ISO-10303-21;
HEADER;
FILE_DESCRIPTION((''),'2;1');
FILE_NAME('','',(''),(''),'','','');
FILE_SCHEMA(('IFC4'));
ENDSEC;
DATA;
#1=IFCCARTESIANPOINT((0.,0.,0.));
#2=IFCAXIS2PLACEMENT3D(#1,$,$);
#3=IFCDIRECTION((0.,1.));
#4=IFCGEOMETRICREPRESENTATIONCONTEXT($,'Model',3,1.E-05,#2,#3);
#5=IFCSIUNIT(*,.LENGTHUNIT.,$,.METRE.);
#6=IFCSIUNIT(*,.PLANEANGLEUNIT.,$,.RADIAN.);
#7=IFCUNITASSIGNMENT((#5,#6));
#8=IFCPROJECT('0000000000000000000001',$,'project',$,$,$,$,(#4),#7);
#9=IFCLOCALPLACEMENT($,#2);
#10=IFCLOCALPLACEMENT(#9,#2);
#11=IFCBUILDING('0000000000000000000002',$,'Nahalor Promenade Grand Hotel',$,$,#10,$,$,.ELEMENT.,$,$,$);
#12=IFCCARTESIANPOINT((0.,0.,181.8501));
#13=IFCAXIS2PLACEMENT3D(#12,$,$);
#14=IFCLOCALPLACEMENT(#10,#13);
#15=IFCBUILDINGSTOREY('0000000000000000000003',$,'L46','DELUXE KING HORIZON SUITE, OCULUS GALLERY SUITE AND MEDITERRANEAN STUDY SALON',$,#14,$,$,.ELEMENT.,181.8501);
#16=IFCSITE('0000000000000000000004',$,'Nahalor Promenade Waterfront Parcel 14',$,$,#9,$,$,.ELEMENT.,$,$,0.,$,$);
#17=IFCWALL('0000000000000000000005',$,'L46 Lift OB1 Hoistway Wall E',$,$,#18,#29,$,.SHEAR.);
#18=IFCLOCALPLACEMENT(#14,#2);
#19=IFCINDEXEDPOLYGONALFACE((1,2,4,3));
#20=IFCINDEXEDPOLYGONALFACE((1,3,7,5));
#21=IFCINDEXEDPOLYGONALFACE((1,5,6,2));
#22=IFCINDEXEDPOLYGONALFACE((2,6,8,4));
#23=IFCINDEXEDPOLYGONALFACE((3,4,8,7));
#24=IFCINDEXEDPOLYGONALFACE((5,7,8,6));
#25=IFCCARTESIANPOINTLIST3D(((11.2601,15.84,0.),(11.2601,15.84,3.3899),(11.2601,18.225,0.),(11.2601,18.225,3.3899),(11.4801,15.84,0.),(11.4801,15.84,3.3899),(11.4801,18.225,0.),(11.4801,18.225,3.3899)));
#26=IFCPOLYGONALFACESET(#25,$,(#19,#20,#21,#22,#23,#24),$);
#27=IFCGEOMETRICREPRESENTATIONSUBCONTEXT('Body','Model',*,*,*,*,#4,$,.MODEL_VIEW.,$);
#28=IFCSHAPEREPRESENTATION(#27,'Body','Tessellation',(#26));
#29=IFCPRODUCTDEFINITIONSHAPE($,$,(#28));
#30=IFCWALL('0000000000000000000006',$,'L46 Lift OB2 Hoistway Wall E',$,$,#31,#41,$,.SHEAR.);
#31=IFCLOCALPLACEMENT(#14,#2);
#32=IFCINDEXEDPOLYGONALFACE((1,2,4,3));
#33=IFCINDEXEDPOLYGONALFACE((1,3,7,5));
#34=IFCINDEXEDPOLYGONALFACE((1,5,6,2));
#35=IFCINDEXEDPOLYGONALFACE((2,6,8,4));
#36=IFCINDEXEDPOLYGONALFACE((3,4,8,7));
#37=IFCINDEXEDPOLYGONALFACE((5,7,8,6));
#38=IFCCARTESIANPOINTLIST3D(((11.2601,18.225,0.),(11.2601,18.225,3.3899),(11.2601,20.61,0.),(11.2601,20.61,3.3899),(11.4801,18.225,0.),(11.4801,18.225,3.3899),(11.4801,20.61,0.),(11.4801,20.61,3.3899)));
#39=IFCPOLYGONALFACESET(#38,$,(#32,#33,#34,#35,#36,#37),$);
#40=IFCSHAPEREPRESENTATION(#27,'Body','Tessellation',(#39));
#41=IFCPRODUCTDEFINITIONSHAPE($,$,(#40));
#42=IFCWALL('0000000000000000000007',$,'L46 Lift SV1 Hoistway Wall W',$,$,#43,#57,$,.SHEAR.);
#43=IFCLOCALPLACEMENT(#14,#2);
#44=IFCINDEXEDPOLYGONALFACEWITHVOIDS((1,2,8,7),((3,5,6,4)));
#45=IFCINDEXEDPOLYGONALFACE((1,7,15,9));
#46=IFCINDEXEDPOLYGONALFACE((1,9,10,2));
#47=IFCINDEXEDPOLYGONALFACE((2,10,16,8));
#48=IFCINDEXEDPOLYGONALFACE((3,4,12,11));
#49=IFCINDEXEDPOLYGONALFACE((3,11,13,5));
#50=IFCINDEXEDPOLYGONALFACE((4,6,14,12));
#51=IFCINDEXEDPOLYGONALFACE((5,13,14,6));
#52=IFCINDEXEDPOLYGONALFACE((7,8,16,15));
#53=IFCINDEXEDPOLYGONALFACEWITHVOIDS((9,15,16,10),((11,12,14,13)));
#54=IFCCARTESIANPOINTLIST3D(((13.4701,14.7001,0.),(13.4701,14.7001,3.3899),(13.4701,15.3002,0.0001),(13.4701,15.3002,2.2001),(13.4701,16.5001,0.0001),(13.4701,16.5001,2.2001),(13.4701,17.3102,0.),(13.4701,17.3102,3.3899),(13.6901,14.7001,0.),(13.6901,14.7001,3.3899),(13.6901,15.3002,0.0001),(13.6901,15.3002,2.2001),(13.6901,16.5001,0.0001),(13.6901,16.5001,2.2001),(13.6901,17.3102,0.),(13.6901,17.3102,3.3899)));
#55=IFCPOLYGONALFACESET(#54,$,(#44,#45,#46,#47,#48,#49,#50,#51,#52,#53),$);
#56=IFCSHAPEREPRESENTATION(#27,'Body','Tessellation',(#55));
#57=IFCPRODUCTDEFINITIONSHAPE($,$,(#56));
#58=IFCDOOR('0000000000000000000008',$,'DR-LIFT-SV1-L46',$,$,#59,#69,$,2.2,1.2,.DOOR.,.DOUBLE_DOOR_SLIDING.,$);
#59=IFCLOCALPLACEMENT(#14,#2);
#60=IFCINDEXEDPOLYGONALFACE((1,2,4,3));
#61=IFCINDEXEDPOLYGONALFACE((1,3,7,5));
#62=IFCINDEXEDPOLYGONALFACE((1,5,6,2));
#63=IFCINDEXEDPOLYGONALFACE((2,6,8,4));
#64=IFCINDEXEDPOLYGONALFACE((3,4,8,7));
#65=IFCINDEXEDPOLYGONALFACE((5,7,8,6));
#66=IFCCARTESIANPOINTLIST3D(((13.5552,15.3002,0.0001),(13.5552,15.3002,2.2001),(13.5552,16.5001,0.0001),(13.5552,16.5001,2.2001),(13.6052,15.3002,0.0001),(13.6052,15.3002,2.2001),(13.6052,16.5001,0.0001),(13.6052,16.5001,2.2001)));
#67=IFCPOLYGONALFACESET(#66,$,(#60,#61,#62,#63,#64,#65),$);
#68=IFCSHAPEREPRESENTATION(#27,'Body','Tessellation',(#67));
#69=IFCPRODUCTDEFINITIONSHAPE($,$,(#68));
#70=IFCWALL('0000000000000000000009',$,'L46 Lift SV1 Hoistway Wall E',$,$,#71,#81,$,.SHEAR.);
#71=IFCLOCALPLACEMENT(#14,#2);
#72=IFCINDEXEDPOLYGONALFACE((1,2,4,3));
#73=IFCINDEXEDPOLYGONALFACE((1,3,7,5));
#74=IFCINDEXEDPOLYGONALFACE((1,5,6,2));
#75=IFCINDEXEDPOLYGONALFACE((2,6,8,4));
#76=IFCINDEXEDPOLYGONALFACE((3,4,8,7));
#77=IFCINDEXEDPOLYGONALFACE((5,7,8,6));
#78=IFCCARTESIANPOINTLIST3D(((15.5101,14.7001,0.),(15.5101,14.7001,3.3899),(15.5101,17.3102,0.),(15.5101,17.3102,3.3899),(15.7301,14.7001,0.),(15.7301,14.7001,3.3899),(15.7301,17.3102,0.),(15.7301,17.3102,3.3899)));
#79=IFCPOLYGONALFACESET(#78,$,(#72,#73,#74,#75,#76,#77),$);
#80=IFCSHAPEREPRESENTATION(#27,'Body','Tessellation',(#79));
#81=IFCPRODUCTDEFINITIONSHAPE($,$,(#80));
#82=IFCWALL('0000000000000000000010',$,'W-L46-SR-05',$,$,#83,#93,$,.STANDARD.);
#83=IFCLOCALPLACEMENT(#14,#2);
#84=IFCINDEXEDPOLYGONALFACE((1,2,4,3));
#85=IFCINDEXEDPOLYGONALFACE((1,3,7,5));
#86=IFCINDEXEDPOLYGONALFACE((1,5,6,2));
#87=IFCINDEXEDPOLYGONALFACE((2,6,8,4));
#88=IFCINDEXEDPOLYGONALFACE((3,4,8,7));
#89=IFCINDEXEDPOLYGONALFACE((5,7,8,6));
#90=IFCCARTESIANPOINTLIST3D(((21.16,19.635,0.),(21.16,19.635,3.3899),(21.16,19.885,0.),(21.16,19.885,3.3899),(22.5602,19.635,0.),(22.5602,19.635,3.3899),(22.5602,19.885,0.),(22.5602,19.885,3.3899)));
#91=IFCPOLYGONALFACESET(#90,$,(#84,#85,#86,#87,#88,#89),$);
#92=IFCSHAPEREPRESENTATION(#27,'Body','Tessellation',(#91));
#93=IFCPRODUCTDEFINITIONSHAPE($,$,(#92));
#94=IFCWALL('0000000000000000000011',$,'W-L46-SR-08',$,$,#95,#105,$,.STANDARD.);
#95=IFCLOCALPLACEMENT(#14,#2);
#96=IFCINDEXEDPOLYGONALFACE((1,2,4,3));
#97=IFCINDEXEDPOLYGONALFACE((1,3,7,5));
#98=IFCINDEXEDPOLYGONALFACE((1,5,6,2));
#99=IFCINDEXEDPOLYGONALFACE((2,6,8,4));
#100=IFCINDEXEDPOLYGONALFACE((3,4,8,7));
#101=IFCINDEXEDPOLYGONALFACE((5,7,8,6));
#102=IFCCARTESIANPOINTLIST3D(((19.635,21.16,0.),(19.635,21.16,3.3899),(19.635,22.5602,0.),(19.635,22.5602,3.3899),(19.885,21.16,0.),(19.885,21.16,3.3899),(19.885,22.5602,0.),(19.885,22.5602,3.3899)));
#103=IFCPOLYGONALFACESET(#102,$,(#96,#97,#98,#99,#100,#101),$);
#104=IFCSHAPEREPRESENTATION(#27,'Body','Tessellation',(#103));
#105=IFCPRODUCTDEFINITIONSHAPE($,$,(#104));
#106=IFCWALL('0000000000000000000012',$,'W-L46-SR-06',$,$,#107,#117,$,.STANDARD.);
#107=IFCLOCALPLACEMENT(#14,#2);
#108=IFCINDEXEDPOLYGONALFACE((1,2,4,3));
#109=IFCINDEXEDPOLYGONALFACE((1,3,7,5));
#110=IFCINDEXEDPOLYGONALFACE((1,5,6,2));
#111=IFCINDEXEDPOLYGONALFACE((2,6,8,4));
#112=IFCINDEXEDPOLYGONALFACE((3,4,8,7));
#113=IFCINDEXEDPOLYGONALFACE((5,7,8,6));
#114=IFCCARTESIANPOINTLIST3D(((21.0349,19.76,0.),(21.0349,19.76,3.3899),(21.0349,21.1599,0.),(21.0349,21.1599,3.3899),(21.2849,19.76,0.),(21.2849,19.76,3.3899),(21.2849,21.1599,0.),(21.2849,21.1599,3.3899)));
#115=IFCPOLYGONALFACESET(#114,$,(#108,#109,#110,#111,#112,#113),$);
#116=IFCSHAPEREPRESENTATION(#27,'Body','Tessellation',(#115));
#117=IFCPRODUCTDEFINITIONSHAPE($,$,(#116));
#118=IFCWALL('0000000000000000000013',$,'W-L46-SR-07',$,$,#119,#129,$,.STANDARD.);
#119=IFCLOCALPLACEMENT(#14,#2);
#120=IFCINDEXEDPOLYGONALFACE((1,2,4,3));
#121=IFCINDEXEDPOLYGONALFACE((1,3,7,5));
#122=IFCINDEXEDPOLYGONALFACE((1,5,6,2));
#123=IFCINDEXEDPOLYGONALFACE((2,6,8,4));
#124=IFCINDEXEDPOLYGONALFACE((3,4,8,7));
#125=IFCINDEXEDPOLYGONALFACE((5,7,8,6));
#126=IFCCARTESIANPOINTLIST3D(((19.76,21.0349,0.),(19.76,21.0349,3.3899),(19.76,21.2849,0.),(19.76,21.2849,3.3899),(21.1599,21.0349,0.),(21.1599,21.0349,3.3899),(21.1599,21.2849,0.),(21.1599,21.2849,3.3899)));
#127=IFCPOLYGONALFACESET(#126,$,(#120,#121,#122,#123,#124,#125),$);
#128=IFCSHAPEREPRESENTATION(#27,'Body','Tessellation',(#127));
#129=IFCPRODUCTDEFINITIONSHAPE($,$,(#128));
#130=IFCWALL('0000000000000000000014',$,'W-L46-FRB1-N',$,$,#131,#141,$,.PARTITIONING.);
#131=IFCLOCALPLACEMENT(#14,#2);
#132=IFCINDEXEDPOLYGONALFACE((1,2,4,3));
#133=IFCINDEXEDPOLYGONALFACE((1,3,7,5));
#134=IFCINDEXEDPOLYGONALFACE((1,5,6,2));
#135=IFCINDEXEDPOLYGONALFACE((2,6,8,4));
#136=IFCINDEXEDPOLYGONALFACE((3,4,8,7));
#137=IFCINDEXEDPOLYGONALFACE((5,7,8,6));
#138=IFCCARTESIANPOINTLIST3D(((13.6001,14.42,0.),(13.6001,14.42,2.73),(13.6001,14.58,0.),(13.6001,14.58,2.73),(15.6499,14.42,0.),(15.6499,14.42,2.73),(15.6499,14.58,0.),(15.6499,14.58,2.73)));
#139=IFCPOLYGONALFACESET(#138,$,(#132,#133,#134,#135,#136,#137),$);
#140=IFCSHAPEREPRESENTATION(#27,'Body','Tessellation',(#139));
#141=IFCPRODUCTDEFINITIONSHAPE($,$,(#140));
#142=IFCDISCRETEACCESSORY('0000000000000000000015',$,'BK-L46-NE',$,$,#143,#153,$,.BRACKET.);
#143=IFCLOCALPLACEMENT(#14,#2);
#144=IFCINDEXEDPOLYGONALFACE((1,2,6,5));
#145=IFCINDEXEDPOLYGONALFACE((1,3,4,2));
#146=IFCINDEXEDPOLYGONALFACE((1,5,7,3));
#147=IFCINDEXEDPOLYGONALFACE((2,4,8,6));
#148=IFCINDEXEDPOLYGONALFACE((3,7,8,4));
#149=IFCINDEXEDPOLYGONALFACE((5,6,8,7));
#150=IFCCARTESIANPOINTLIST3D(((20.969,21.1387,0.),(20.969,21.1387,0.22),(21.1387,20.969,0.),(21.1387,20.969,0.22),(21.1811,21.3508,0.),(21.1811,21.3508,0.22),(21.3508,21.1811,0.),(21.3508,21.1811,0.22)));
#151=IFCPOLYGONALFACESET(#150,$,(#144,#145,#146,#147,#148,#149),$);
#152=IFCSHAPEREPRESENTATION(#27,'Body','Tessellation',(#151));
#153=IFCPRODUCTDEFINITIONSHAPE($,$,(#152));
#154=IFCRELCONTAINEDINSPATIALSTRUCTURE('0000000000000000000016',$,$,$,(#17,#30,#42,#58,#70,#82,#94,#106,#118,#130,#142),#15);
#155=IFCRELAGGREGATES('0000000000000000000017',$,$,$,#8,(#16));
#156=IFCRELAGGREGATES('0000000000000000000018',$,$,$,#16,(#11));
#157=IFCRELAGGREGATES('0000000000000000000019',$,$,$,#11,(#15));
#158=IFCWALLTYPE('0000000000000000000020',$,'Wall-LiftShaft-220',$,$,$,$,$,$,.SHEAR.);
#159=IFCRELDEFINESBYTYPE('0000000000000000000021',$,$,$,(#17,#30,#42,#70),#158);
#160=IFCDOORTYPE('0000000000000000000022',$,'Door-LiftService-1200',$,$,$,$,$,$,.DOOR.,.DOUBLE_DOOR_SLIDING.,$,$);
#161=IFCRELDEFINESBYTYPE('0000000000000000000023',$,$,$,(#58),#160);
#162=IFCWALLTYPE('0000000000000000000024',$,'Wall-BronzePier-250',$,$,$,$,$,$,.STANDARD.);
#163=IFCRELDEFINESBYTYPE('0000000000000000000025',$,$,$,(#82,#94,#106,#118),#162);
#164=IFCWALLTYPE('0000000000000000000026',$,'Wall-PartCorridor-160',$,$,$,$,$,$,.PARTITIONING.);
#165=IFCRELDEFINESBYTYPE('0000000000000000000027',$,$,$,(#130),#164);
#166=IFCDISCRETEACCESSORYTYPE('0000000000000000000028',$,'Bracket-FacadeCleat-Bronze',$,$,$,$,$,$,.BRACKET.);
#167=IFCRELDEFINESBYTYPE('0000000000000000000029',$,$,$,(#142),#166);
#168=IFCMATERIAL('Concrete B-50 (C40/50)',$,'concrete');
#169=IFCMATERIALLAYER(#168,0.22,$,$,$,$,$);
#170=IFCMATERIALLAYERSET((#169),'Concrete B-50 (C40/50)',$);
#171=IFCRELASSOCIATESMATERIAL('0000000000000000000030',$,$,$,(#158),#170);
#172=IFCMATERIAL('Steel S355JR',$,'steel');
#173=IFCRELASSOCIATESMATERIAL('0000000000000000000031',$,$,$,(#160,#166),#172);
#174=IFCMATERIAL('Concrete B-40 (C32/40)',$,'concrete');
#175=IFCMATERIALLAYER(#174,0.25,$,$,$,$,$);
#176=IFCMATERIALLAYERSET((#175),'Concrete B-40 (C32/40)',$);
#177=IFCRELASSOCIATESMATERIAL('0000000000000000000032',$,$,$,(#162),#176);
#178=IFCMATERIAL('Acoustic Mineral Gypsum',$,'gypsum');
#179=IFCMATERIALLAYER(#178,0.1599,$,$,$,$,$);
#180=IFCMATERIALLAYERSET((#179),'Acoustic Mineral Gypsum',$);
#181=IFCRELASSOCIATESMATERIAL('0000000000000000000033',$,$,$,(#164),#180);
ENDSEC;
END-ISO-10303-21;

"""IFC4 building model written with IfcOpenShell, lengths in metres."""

from ifc_helpers import new_model, si_unit, direction, frame, frame_2d, origin, origin_2d, place, context, subcontext, project, spatial, rectangle, extrude, source, transform, mapped, material, layer, layer_set, type_object, element, fill, save


model = new_model("IFC4")

# Units and contexts
model_context = context("Model", 3, precision=1e-05, world=origin(), true_north=direction((0.0, 1.0)))
body_context = subcontext(model_context, "Body", "Model", "MODEL_VIEW")
ifc_project = project(units=[si_unit("LENGTHUNIT", "METRE"), si_unit("PLANEANGLEUNIT", "RADIAN")], contexts=[model_context])

# Site, building, storey
site_placement = place(None, origin())
site = spatial("IfcSite", under=ifc_project, at=site_placement, Name="Nahalor Promenade Waterfront Parcel 14", CompositionType="ELEMENT", RefElevation=0.0)
building_placement = place(site_placement, origin())
building = spatial("IfcBuilding", under=site, at=building_placement, Name="Nahalor Promenade Grand Hotel", CompositionType="ELEMENT")
storey_placement = place(building_placement, frame((0.0, 0.0, 181.8501)))
storey = spatial("IfcBuildingStorey", under=building, at=storey_placement, Name="L46", Description="DELUXE KING HORIZON SUITE, OCULUS GALLERY SUITE AND MEDITERRANEAN STUDY SALON", CompositionType="ELEMENT", Elevation=181.8501)

# Shared definitions
ifc_material_1 = material(Name="Steel S355JR", Category="steel")

# Walls
ifc_material_2 = material(Name="Concrete B-50 (C40/50)", Category="concrete")
ifc_layer_1 = layer(ifc_material_2, 0.22)
ifc_layer_set_1 = layer_set([ifc_layer_1], Name="Concrete B-50 (C40/50)")
wall_type_1 = type_object("IfcWallType", Name="Wall-LiftShaft-220", PredefinedType="SHEAR", material=ifc_layer_set_1)
shared_shape_1 = source(origin(), body_context, "Body", "SweptSolid", [
    extrude(rectangle(XDim=2.385, YDim=0.22, at=frame_2d((1.1924, 0.0))), origin(), (0.0, 0.0, 1.0), 3.3899),
])
for number, where, z_axis, x_axis, name in (
    (1, (11.3701, 15.8401, 0.0), (0.0, 0.0, 1.0), (0.0, 1.0, 0.0), "L46 Lift OB1 Hoistway Wall E"),
    (2, (11.3701, 18.2251, 0.0), (0.0, 0.0, 1.0), (0.0, 1.0, 0.0), "L46 Lift OB2 Hoistway Wall E"),
):
    element("IfcWall", number, at=place(storey_placement, frame(where, z_axis=z_axis, x_axis=x_axis)), inside=storey, type_object=wall_type_1, Name=name, PredefinedType="SHEAR", context=body_context, shape_type="MappedRepresentation", body=[
        mapped(shared_shape_1, transform((0.0, 0.0, 0.0), scale=1.0)),
    ])

# Wall, opening, door
shared_shape_2 = source(origin(), body_context, "Body", "SweptSolid", [
    extrude(rectangle(XDim=2.6101, YDim=0.22, at=frame_2d((1.3052, 0.0))), origin(), (0.0, 0.0, 1.0), 3.3899),
])
wall_1_placement = place(storey_placement, frame((13.5801, 14.7, 0.0), z_axis=(0.0, 0.0, 1.0), x_axis=(0.0, 1.0, 0.0)))
wall_1 = element("IfcWall", 3, at=wall_1_placement, inside=storey, type_object=wall_type_1, Name="L46 Lift SV1 Hoistway Wall W", PredefinedType="SHEAR", context=body_context, shape_type="MappedRepresentation", body=[
    mapped(shared_shape_2, transform((0.0, 0.0, 0.0), scale=1.0)),
])
opening_placement = place(wall_1_placement, frame((0.6001, 0.0, 0.0)))
opening = element("IfcOpeningElement", 4, at=opening_placement, cuts=wall_1, PredefinedType="OPENING", context=body_context, shape_type="SweptSolid", body=[
    extrude(rectangle(XDim=1.2, YDim=2.2, at=frame_2d((0.6001, 1.1001))), frame((0.0, 0.1199, 0.0), z_axis=(0.0, -1.0, 0.0), x_axis=(1.0, 0.0, 0.0)), (0.0, 0.0, 1.0), 0.24),
])
door_type = type_object("IfcDoorType", Name="Door-LiftService-1200", OperationType="DOUBLE_DOOR_SLIDING", PredefinedType="DOOR", material=ifc_material_1)
shared_shape_3 = source(origin(), body_context, "Body", "SweptSolid", [
    extrude(rectangle(XDim=1.2, YDim=2.2, at=frame_2d((0.6001, 1.1001))), frame((0.0, 0.0249, 0.0), z_axis=(0.0, -1.0, 0.0), x_axis=(1.0, 0.0, 0.0)), (0.0, 0.0, 1.0), 0.05),
])
door_placement = place(opening_placement, origin())
door = element("IfcDoor", 5, at=door_placement, inside=storey, type_object=door_type, Name="DR-LIFT-SV1-L46", OperationType="DOUBLE_DOOR_SLIDING", OverallHeight=2.2, OverallWidth=1.2, PredefinedType="DOOR", context=body_context, shape_type="MappedRepresentation", body=[
    mapped(shared_shape_3, transform((0.0, 0.0, 0.0), scale=1.0)),
])
fill(opening, door)

# Walls
wall_2_placement = place(storey_placement, frame((15.6201, 14.7, 0.0), z_axis=(0.0, 0.0, 1.0), x_axis=(0.0, 1.0, 0.0)))
element("IfcWall", 6, at=wall_2_placement, inside=storey, type_object=wall_type_1, Name="L46 Lift SV1 Hoistway Wall E", PredefinedType="SHEAR", context=body_context, shape_type="MappedRepresentation", body=[
    mapped(shared_shape_2, transform((0.0, 0.0, 0.0), scale=1.0)),
])
ifc_material_3 = material(Name="Concrete B-40 (C32/40)", Category="concrete")
ifc_layer_2 = layer(ifc_material_3, 0.25)
ifc_layer_set_2 = layer_set([ifc_layer_2], Name="Concrete B-40 (C32/40)")
wall_type_2 = type_object("IfcWallType", Name="Wall-BronzePier-250", PredefinedType="STANDARD", material=ifc_layer_set_2)
shared_shape_4 = source(origin(), body_context, "Body", "SweptSolid", [
    extrude(rectangle(XDim=1.4001, YDim=0.25, at=frame_2d((0.7002, 0.0))), origin(), (0.0, 0.0, 1.0), 3.3899),
])
for number, where, z_axis, x_axis, name in (
    (7, (21.1599, 19.76, 0.0), (0.0, 0.0, 1.0), (1.0, 0.0, 0.0), "W-L46-SR-05"),
    (8, (19.76, 21.1599, 0.0), (0.0, 0.0, 1.0), (0.0, 1.0, 0.0), "W-L46-SR-08"),
):
    element("IfcWall", number, at=place(storey_placement, frame(where, z_axis=z_axis, x_axis=x_axis)), inside=storey, type_object=wall_type_2, Name=name, PredefinedType="STANDARD", context=body_context, shape_type="MappedRepresentation", body=[
        mapped(shared_shape_4, transform((0.0, 0.0, 0.0), scale=1.0)),
    ])
shared_shape_5 = source(origin(), body_context, "Body", "SweptSolid", [
    extrude(rectangle(XDim=1.3999, YDim=0.25, at=frame_2d((0.7, 0.0))), origin(), (0.0, 0.0, 1.0), 3.3899),
])
for number, where, z_axis, x_axis, name in (
    (9, (21.1599, 19.76, 0.0), (0.0, 0.0, 1.0), (0.0, 1.0, 0.0), "W-L46-SR-06"),
    (10, (19.76, 21.1599, 0.0), (0.0, 0.0, 1.0), (1.0, 0.0, 0.0), "W-L46-SR-07"),
):
    element("IfcWall", number, at=place(storey_placement, frame(where, z_axis=z_axis, x_axis=x_axis)), inside=storey, type_object=wall_type_2, Name=name, PredefinedType="STANDARD", context=body_context, shape_type="MappedRepresentation", body=[
        mapped(shared_shape_5, transform((0.0, 0.0, 0.0), scale=1.0)),
    ])
ifc_material_4 = material(Name="Acoustic Mineral Gypsum", Category="gypsum")
ifc_layer_3 = layer(ifc_material_4, 0.1599)
ifc_layer_set_3 = layer_set([ifc_layer_3], Name="Acoustic Mineral Gypsum")
wall_type_3 = type_object("IfcWallType", Name="Wall-PartCorridor-160", PredefinedType="PARTITIONING", material=ifc_layer_set_3)
shared_shape_6 = source(origin(), body_context, "Body", "SweptSolid", [
    extrude(rectangle(XDim=2.0498, YDim=0.1599, at=frame_2d((1.0249, 0.0))), origin(), (0.0, 0.0, 1.0), 2.73),
])
wall_3_placement = place(storey_placement, frame((13.6001, 14.5, 0.0), z_axis=(0.0, 0.0, 1.0), x_axis=(1.0, 0.0, 0.0)))
element("IfcWall", 11, at=wall_3_placement, inside=storey, type_object=wall_type_3, Name="W-L46-FRB1-N", PredefinedType="PARTITIONING", context=body_context, shape_type="MappedRepresentation", body=[
    mapped(shared_shape_6, transform((0.0, 0.0, 0.0), scale=1.0)),
])

# Discrete accessory
discrete_accessory_type = type_object("IfcDiscreteAccessoryType", Name="Bracket-FacadeCleat-Bronze", PredefinedType="BRACKET", material=ifc_material_1)
shared_shape_7 = source(origin(), body_context, "Body", "SweptSolid", [
    extrude(rectangle(XDim=0.3, YDim=0.24, at=origin_2d()), origin(), (0.0, 0.0, 1.0), 0.22),
])
discrete_accessory_placement = place(storey_placement, frame((21.1599, 21.1599, 0.0), z_axis=(0.0, 0.0, 1.0), x_axis=(0.707107, 0.707107, 0.0)))
element("IfcDiscreteAccessory", 12, at=discrete_accessory_placement, inside=storey, type_object=discrete_accessory_type, Name="BK-L46-NE", PredefinedType="BRACKET", context=body_context, shape_type="MappedRepresentation", body=[
    mapped(shared_shape_7, transform((0.0, 0.0, 0.0), scale=1.0)),
])

save(model, "model.ifc")
